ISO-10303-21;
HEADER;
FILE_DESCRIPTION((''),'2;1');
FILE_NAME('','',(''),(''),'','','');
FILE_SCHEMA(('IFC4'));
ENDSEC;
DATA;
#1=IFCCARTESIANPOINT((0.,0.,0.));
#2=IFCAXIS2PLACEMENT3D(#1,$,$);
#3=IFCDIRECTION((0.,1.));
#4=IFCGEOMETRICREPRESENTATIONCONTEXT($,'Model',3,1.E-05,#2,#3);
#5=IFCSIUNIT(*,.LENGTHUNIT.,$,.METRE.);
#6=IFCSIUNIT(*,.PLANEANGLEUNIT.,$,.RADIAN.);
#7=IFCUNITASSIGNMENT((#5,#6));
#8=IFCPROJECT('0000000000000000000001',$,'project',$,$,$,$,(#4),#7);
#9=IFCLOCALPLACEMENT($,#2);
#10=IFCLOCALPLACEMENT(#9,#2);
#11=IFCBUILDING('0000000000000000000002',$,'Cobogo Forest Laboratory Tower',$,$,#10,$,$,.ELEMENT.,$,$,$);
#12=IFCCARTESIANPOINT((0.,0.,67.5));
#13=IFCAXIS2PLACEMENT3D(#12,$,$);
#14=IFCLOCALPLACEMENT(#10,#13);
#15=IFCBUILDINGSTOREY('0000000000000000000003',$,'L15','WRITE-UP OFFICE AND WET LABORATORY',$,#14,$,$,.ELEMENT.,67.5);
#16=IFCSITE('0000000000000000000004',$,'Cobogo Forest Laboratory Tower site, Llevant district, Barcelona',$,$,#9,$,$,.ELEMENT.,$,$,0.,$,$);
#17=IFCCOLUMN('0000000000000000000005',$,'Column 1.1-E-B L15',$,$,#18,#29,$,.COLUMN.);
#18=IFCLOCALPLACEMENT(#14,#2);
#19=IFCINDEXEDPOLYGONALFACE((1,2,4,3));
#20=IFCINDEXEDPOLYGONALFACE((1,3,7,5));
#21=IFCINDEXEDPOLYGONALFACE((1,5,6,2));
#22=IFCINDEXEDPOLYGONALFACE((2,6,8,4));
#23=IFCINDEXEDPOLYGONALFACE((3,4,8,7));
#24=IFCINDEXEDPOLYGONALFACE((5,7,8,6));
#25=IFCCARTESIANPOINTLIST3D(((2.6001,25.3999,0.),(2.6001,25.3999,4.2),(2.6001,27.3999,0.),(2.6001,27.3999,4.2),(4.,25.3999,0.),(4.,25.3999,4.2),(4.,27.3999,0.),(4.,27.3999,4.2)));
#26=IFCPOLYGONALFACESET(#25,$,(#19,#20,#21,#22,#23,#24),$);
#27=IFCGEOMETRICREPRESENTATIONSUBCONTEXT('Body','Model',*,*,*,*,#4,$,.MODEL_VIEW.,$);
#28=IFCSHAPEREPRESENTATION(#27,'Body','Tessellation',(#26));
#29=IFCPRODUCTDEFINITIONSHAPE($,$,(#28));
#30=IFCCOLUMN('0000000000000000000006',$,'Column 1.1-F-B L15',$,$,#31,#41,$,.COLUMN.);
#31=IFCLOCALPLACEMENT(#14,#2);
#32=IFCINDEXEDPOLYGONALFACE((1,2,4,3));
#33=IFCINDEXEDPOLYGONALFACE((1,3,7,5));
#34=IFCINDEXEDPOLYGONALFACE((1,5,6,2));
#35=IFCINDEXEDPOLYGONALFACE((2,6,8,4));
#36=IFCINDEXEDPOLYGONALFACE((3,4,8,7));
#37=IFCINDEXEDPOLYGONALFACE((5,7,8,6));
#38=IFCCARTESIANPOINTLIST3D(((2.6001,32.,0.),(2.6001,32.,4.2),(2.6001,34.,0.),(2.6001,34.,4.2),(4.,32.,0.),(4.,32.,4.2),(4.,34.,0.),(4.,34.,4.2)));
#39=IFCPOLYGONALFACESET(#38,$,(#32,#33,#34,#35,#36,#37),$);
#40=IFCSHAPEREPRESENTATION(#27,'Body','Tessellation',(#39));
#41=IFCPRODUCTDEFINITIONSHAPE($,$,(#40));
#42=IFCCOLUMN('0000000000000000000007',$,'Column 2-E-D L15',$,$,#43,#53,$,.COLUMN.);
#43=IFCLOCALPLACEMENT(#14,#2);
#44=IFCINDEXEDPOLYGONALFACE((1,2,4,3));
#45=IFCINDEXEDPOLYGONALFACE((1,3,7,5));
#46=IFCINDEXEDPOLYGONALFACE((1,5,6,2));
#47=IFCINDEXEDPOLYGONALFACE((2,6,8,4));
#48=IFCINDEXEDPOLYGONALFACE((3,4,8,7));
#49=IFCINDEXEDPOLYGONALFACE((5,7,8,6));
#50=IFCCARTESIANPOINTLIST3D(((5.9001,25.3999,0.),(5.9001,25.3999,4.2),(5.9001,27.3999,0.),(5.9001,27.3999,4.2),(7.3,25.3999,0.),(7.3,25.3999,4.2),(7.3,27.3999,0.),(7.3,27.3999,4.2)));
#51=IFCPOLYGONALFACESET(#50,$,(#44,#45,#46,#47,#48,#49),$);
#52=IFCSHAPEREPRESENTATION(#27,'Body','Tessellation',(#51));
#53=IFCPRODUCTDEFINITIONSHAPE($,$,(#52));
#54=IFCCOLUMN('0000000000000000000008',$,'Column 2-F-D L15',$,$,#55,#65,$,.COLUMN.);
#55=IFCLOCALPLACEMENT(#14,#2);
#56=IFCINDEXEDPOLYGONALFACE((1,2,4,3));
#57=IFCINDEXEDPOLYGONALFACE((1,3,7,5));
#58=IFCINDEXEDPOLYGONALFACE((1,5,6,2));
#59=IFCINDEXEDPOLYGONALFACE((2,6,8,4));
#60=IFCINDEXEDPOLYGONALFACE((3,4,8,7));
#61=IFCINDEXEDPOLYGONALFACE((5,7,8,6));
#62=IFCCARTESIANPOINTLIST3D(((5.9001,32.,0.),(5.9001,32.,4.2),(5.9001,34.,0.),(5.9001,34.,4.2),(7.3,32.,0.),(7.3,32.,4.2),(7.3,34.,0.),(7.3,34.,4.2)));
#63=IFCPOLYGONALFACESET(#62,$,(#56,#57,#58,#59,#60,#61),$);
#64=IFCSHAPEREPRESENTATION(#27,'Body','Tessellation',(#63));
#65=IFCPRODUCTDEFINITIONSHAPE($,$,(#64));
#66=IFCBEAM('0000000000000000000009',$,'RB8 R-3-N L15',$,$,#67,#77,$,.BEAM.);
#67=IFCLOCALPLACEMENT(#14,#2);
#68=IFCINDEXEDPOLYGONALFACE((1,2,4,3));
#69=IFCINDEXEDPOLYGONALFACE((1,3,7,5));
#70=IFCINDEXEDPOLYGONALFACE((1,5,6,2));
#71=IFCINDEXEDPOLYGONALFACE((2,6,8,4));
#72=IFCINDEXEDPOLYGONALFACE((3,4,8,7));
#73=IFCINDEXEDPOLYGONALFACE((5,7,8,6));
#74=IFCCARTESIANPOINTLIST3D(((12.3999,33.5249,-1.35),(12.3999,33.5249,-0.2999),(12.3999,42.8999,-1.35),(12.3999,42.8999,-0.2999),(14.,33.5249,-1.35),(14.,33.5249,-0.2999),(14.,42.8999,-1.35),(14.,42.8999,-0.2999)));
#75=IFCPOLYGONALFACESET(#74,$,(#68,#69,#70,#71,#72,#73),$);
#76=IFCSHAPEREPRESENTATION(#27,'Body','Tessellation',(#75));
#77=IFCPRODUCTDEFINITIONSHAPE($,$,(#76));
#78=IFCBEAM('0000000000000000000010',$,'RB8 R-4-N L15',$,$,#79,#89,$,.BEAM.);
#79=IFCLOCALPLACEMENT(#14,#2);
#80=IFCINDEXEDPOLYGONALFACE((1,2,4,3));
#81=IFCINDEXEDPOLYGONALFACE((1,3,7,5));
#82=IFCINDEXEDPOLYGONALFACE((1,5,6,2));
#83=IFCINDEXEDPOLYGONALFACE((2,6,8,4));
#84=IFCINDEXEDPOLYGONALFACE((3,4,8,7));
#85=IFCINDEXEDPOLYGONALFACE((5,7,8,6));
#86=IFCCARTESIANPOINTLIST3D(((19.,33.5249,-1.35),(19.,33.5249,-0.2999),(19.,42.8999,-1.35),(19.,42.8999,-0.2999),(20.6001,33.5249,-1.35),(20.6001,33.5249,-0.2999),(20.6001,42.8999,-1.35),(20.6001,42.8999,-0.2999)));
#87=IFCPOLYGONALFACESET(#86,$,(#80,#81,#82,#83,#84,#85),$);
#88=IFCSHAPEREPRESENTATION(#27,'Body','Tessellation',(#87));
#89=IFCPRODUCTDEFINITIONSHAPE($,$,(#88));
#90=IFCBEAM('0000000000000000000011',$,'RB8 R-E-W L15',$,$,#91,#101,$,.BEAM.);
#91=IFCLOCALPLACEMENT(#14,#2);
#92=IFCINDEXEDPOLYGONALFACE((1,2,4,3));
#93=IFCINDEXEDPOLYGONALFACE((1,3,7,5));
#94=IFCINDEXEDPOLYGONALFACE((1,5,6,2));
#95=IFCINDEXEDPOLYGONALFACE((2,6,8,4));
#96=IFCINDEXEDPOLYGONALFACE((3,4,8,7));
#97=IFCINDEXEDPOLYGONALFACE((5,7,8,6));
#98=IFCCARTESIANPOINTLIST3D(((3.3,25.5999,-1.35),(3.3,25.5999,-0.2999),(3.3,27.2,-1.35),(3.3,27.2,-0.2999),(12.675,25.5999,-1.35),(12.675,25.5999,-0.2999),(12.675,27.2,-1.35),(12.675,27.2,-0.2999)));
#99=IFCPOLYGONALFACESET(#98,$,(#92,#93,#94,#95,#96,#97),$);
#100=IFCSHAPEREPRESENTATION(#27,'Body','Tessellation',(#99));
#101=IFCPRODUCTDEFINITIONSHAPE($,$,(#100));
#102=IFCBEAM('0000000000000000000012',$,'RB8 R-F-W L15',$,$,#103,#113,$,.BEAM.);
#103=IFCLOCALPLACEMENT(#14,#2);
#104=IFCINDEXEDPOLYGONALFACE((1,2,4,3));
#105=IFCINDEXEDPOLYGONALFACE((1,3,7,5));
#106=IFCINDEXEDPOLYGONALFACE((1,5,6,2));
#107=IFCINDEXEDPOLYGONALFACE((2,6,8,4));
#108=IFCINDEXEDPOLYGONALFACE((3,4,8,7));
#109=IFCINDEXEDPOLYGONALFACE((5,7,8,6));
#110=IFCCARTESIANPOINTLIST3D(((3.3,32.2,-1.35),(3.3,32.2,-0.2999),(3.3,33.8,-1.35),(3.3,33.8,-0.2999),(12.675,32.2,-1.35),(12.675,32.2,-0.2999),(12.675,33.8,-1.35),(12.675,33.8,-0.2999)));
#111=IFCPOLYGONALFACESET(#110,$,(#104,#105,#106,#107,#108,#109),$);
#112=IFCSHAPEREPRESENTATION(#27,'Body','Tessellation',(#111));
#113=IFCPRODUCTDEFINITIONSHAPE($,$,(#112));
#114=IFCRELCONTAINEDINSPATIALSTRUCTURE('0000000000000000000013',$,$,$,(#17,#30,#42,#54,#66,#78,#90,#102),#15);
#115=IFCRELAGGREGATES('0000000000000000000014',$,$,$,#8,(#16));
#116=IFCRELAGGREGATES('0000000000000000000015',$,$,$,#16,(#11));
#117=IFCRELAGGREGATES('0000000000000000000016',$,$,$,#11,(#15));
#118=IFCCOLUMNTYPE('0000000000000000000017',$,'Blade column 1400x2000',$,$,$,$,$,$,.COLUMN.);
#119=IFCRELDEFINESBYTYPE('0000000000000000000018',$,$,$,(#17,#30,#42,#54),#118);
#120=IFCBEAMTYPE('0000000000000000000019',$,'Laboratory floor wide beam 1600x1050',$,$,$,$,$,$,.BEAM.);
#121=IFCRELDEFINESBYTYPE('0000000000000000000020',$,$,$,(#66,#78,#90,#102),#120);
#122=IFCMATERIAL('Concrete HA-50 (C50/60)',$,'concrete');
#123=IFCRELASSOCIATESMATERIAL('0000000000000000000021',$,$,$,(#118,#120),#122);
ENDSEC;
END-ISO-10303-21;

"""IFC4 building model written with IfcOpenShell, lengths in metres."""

from ifc_helpers import new_model, si_unit, direction, frame, origin, origin_2d, place, context, subcontext, project, spatial, rectangle, extrude, material, material_profile, profile_set, type_object, element, save


model = new_model("IFC4")

# Units and contexts
model_context = context("Model", 3, precision=1e-05, world=origin(), true_north=direction((0.0, 1.0)))
body_context = subcontext(model_context, "Body", "Model", "MODEL_VIEW")
ifc_project = project(units=[si_unit("LENGTHUNIT", "METRE"), si_unit("PLANEANGLEUNIT", "RADIAN")], contexts=[model_context])

# Site, building, storey
site_placement = place(None, origin())
site = spatial("IfcSite", under=ifc_project, at=site_placement, Name="Cobogo Forest Laboratory Tower site, Llevant district, Barcelona", CompositionType="ELEMENT", RefElevation=0.0)
building_placement = place(site_placement, origin())
building = spatial("IfcBuilding", under=site, at=building_placement, Name="Cobogo Forest Laboratory Tower", CompositionType="ELEMENT")
storey_placement = place(building_placement, frame((0.0, 0.0, 67.5)))
storey = spatial("IfcBuildingStorey", under=building, at=storey_placement, Name="L15", Description="WRITE-UP OFFICE AND WET LABORATORY", CompositionType="ELEMENT", Elevation=67.5)

# Columns
ifc_material_1 = material(Name="Concrete HA-50 (C50/60)", Category="concrete")
ifc_material_profile_1 = material_profile(ifc_material_1, rectangle(XDim=2.0, YDim=1.3999, at=origin_2d()), Name="RC 1400x2000")
ifc_profile_set_1 = profile_set([ifc_material_profile_1], Name="Concrete HA-50 (C50/60)")
column_type = type_object("IfcColumnType", Name="Blade column 1400x2000", PredefinedType="COLUMN", material=ifc_profile_set_1)
for number, where, z_axis, x_axis, name in (
    (1, (3.3, 26.3999, 0.0), (0.0, 0.0, 1.0), (0.0, 1.0, 0.0), "Column 1.1-E-B L15"),
    (2, (3.3, 33.0, 0.0), (0.0, 0.0, 1.0), (0.0, 1.0, 0.0), "Column 1.1-F-B L15"),
    (3, (6.6001, 26.3999, 0.0), (0.0, 0.0, 1.0), (0.0, 1.0, 0.0), "Column 2-E-D L15"),
    (4, (6.6001, 33.0, 0.0), (0.0, 0.0, 1.0), (0.0, 1.0, 0.0), "Column 2-F-D L15"),
):
    element("IfcColumn", number, at=place(storey_placement, frame(where, z_axis=z_axis, x_axis=x_axis)), inside=storey, type_object=column_type, Name=name, PredefinedType="COLUMN", context=body_context, shape_type="SweptSolid", body=[
        extrude(rectangle(XDim=2.0, YDim=1.3999, at=origin_2d()), origin(), (0.0, 0.0, 1.0), 4.2),
    ])

# Beams
ifc_material_profile_2 = material_profile(ifc_material_1, rectangle(XDim=1.6001, YDim=1.05, at=origin_2d()), Name="RC 1600x1050")
ifc_profile_set_2 = profile_set([ifc_material_profile_2], Name="Concrete HA-50 (C50/60)")
beam_type = type_object("IfcBeamType", Name="Laboratory floor wide beam 1600x1050", PredefinedType="BEAM", material=ifc_profile_set_2)
for number, where, z_axis, x_axis, name in (
    (5, (13.2, 33.5249, -0.825), (0.0, 1.0, 0.0), (-1.0, 0.0, 0.0), "RB8 R-3-N L15"),
    (6, (19.8, 33.5249, -0.825), (0.0, 1.0, 0.0), (-1.0, 0.0, 0.0), "RB8 R-4-N L15"),
    (7, (12.675, 26.3999, -0.825), (-1.0, 0.0, 0.0), (0.0, -1.0, 0.0), "RB8 R-E-W L15"),
    (8, (12.675, 33.0, -0.825), (-1.0, 0.0, 0.0), (0.0, -1.0, 0.0), "RB8 R-F-W L15"),
):
    element("IfcBeam", number, at=place(storey_placement, frame(where, z_axis=z_axis, x_axis=x_axis)), inside=storey, type_object=beam_type, Name=name, PredefinedType="BEAM", context=body_context, shape_type="SweptSolid", body=[
        extrude(rectangle(XDim=1.6001, YDim=1.05, at=origin_2d()), origin(), (0.0, 0.0, 1.0), 9.375),
    ])

save(model, "model.ifc")
